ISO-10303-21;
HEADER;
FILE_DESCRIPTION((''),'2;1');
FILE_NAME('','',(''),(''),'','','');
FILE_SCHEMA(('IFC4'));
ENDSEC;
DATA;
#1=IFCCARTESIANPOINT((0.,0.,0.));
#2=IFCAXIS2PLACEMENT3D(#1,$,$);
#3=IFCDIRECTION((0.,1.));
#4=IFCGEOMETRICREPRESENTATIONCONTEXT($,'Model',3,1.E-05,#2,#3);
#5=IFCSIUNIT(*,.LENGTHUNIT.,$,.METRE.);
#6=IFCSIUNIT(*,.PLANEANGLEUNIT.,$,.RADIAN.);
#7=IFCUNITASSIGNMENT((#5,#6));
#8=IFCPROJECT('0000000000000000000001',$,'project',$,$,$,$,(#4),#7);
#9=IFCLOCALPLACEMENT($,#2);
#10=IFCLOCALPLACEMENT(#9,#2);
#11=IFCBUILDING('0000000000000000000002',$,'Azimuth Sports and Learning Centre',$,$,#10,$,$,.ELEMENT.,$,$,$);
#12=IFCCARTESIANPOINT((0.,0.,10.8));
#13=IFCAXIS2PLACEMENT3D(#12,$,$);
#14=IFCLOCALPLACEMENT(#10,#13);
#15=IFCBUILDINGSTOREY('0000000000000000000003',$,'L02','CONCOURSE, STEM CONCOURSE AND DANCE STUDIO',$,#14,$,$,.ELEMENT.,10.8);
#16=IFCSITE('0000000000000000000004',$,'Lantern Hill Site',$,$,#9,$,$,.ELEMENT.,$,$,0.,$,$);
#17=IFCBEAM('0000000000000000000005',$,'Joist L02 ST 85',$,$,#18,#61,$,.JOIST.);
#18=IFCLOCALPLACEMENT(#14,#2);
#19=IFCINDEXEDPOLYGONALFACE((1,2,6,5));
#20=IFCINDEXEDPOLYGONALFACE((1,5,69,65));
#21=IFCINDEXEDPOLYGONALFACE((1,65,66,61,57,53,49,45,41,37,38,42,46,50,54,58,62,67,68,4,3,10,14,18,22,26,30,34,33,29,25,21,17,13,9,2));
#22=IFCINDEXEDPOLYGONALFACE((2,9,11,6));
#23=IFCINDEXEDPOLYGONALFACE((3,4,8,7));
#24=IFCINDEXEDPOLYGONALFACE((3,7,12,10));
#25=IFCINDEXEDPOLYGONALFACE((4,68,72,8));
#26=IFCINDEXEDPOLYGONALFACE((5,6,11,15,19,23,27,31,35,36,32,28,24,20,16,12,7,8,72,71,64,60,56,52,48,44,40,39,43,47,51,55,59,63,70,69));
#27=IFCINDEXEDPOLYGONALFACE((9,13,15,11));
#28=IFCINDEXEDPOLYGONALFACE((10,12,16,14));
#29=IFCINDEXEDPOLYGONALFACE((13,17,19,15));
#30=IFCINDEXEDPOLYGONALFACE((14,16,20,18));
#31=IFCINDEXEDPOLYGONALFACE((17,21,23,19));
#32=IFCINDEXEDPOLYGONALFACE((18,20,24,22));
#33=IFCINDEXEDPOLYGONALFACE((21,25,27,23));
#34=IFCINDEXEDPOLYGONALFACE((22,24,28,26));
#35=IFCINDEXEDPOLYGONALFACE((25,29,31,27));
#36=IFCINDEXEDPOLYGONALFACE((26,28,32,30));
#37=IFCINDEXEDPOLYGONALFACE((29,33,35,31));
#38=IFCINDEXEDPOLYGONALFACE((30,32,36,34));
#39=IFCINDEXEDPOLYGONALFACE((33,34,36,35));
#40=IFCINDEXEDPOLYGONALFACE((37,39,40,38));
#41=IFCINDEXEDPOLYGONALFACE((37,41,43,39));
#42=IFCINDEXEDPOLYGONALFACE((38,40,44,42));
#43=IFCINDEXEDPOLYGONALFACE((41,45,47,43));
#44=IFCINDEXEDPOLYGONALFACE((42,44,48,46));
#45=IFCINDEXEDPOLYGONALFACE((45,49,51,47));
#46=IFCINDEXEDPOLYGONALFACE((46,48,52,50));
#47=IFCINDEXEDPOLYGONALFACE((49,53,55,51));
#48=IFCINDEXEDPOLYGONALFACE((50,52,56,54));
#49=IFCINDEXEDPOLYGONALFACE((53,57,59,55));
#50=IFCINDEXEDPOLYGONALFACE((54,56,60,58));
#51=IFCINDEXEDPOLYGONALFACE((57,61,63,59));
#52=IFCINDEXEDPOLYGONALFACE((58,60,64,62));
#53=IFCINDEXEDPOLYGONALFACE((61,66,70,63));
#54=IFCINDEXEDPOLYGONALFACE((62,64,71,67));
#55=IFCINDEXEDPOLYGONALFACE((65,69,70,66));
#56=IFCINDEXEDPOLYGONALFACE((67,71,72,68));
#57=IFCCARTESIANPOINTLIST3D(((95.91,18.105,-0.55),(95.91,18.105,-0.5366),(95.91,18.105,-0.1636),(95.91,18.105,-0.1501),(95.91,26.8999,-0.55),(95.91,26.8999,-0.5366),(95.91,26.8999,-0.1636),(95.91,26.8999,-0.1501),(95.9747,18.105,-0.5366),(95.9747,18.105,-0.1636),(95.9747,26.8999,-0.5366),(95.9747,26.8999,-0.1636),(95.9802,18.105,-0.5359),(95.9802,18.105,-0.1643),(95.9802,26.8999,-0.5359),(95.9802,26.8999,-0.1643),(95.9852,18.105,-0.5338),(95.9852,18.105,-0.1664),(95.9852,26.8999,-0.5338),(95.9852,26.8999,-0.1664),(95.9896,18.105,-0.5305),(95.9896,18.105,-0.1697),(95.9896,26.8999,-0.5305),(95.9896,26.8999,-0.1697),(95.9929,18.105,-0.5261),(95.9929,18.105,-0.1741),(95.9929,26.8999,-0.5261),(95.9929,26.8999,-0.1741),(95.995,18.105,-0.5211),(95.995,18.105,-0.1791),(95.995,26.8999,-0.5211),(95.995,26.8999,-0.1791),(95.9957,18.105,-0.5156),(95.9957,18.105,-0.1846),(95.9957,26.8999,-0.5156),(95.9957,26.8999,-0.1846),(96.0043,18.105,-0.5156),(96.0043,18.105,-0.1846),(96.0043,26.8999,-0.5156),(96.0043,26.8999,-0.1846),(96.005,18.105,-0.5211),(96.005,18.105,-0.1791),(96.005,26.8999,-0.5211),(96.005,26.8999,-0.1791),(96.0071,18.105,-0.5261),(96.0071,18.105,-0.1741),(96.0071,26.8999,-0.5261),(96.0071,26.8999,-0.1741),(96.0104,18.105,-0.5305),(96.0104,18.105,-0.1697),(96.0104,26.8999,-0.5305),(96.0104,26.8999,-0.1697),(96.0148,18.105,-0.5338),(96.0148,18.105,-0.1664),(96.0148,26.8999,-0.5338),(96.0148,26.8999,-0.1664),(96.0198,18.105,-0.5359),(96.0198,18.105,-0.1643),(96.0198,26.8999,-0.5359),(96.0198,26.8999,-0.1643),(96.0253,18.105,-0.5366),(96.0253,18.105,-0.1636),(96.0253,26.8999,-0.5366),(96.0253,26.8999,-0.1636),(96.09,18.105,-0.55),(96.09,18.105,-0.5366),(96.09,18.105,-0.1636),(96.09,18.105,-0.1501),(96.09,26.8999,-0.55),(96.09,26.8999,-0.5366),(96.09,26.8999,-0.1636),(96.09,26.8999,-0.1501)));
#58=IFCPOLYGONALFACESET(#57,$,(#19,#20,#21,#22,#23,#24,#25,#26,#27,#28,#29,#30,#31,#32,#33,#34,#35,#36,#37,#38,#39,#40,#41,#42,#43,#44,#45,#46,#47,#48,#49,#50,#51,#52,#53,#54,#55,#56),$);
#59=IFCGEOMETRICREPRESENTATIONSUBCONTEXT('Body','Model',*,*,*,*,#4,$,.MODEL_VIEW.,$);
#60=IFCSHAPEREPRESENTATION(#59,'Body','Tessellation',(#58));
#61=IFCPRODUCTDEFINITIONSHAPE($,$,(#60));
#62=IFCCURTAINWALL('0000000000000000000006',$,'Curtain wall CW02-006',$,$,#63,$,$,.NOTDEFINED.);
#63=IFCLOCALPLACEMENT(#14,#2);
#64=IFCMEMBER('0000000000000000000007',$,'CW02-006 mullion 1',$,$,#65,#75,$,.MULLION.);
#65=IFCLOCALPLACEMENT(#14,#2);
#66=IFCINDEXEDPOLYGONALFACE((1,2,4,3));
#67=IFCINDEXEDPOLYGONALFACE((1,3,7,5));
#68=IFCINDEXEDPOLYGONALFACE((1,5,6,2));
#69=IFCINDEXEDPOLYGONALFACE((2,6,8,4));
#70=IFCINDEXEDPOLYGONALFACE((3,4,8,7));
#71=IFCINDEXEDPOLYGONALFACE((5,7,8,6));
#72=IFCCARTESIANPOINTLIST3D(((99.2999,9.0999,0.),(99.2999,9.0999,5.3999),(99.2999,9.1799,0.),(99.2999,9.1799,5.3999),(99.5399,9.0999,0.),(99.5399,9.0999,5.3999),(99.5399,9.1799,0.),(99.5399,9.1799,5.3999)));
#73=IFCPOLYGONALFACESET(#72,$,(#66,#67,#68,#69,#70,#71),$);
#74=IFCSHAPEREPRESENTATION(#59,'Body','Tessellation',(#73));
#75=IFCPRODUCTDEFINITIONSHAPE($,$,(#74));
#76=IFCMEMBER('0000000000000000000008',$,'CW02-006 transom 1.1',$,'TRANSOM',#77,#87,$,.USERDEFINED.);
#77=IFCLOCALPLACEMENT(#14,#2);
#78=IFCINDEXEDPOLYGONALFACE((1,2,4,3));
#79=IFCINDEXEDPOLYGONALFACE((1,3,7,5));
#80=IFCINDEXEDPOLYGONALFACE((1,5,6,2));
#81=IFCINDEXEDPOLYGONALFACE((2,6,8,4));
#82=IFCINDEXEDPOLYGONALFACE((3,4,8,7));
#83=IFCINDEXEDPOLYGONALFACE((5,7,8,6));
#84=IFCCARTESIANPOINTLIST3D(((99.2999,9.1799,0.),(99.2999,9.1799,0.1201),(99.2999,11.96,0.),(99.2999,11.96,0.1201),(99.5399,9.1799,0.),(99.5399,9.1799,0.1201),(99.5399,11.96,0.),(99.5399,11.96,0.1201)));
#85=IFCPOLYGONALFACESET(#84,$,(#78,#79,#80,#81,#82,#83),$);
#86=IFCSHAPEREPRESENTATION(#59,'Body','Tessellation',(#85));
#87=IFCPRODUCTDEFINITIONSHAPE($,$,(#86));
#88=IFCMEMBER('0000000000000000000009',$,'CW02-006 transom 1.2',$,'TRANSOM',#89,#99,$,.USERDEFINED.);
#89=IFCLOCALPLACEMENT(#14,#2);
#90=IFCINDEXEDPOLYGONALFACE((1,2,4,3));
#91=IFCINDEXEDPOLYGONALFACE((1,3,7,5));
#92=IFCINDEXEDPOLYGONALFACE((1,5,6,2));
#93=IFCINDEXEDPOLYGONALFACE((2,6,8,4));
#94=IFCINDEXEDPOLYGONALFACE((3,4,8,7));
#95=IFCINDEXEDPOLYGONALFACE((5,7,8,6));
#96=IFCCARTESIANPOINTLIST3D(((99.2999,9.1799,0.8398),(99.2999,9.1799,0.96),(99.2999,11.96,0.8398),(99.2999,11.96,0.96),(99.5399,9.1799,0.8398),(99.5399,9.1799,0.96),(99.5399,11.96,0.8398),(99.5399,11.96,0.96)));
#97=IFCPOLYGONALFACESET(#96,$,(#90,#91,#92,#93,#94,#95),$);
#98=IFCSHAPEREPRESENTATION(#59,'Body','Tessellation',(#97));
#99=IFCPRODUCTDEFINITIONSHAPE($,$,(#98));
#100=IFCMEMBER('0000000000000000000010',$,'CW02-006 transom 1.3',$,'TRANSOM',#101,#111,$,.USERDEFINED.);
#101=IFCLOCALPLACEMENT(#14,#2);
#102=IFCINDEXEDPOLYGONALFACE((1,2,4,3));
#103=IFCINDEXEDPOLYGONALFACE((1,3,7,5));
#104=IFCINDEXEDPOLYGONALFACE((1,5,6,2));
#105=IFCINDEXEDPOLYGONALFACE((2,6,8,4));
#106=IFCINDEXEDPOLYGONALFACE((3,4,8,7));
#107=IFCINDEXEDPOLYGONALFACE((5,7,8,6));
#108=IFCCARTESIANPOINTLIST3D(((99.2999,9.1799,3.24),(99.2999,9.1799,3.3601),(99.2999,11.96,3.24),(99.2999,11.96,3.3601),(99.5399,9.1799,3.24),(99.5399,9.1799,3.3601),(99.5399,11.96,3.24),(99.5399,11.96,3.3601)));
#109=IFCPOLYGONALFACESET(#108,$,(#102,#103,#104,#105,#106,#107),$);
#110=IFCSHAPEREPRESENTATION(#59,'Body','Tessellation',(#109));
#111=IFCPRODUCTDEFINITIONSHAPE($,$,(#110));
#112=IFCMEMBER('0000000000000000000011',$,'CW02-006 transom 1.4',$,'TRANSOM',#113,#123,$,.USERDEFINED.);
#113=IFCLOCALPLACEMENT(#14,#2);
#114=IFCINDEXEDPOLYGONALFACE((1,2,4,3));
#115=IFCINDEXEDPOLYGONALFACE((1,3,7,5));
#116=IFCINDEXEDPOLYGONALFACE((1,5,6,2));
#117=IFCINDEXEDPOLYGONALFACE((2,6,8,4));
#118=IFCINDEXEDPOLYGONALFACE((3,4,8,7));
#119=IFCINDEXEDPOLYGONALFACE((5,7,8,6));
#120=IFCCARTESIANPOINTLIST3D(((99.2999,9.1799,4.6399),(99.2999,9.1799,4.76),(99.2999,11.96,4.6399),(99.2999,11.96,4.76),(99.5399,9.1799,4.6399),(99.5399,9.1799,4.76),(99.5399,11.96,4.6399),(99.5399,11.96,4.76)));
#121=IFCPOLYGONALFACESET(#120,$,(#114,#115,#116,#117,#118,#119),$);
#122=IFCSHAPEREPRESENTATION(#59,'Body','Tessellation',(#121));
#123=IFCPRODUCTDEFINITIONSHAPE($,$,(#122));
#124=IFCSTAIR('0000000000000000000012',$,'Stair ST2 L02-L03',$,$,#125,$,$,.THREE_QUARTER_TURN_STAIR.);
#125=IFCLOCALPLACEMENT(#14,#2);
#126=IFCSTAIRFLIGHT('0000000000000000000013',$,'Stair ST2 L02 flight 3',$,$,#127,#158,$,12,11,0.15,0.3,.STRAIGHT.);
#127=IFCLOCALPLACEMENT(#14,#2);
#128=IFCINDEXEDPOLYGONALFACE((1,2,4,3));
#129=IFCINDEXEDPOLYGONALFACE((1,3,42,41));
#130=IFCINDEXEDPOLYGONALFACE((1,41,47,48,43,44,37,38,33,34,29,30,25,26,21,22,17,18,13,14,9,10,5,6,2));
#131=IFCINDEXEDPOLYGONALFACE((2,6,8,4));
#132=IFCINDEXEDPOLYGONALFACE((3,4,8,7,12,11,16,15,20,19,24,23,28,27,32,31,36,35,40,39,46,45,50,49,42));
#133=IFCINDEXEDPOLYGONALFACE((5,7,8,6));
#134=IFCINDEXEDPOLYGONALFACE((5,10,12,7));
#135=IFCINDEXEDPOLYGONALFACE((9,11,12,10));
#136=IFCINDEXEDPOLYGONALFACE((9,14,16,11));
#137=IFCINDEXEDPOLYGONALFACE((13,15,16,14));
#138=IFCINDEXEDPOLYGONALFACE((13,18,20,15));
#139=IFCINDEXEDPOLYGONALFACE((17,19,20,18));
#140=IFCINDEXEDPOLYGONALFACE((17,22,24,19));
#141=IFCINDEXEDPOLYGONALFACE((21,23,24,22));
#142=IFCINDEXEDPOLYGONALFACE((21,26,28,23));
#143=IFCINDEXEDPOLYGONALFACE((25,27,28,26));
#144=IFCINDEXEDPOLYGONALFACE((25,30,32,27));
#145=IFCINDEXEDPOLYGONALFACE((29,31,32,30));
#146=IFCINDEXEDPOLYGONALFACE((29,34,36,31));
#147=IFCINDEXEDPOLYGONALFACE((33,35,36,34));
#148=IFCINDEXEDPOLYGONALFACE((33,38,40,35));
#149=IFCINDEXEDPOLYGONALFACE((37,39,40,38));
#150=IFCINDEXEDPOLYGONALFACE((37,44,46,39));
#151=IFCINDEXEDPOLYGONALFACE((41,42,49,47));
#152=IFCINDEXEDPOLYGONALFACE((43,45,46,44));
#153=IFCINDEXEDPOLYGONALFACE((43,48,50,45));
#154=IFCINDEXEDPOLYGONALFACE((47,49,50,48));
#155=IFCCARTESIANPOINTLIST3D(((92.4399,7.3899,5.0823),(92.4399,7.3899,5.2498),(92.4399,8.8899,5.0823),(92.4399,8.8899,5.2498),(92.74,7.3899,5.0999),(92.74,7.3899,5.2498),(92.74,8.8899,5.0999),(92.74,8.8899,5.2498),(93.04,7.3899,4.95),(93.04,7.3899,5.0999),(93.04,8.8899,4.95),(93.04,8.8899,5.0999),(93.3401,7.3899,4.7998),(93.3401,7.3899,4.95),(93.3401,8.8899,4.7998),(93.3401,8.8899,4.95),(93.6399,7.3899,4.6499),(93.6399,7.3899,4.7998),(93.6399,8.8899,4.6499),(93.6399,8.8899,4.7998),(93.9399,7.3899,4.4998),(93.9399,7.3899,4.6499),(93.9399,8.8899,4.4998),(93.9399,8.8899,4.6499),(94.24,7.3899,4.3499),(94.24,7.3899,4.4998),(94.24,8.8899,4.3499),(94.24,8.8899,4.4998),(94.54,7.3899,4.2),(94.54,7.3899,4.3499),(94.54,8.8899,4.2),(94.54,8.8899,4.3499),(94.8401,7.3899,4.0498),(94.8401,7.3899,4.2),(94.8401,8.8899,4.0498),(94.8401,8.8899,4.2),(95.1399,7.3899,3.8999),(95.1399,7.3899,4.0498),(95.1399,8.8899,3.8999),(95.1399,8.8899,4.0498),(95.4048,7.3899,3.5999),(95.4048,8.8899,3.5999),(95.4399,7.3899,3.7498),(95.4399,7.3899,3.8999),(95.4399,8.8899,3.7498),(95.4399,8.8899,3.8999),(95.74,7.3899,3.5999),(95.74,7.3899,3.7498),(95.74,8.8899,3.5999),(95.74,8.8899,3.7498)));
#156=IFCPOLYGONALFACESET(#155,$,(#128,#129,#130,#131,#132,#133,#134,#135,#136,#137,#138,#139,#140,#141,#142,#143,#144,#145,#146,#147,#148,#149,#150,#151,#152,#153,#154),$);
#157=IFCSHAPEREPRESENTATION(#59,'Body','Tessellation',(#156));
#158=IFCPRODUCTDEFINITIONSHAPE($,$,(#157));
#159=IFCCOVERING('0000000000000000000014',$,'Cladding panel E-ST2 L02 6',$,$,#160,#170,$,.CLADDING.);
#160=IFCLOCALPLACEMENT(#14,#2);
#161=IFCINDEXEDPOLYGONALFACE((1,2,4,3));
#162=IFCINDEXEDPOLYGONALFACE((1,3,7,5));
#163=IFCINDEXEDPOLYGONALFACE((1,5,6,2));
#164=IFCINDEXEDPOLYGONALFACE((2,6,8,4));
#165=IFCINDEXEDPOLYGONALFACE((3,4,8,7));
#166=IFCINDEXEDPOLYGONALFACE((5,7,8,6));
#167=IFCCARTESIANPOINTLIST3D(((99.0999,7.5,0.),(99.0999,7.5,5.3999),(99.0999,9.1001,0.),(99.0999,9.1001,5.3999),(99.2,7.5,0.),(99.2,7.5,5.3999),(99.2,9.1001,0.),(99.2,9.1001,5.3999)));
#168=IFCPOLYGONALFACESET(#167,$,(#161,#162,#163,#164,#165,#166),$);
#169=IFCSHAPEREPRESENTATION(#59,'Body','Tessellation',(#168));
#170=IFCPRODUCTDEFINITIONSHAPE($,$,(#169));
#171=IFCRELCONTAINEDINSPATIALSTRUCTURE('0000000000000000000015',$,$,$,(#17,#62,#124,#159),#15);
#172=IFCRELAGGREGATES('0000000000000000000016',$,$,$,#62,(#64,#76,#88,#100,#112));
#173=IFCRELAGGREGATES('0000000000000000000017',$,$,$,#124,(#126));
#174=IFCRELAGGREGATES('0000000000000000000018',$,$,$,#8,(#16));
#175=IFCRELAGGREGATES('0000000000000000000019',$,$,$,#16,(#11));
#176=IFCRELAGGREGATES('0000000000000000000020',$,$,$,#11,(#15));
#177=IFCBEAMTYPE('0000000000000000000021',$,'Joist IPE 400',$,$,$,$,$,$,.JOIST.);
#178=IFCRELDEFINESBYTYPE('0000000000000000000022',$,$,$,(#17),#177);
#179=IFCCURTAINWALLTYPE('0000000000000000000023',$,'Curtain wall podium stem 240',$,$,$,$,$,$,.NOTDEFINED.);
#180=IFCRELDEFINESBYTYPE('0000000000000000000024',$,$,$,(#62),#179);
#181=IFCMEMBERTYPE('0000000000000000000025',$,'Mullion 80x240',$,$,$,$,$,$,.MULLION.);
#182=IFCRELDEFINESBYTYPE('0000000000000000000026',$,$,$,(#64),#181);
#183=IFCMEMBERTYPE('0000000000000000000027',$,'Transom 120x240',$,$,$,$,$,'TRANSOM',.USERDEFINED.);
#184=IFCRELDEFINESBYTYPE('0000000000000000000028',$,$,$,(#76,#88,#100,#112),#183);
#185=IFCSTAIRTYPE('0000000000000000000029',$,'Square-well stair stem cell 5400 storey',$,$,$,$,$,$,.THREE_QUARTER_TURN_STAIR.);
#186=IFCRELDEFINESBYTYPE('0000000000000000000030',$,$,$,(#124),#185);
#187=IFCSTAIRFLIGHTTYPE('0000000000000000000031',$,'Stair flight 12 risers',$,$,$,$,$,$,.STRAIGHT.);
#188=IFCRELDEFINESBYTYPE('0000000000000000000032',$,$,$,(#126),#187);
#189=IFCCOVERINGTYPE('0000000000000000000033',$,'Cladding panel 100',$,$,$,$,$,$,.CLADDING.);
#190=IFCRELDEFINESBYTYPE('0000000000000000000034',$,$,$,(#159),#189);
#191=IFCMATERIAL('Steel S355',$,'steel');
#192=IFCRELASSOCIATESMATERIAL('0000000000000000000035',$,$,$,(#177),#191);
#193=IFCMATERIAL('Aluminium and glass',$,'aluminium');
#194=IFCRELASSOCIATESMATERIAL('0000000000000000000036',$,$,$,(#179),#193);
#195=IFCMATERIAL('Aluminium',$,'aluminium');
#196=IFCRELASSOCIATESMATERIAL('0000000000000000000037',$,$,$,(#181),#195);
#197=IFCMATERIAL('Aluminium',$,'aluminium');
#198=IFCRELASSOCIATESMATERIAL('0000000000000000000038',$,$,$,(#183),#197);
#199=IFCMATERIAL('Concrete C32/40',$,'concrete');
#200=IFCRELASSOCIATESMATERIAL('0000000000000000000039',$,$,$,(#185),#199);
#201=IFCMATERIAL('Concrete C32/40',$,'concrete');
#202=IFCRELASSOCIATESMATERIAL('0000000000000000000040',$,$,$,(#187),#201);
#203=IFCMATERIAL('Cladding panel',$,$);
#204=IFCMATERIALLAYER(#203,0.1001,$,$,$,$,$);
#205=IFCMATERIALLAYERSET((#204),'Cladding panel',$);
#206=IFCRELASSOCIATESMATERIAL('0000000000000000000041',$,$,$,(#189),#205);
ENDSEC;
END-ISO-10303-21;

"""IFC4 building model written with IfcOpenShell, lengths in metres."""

from ifc_helpers import new_model, si_unit, direction, frame, origin, origin_2d, place, context, subcontext, project, spatial, polyline, rectangle, i_section, outline, extrude, material, layer, layer_set, material_profile, profile_set, type_object, element, aggregate, save


model = new_model("IFC4")

# Units and contexts
model_context = context("Model", 3, precision=1e-05, world=origin(), true_north=direction((0.0, 1.0)))
body_context = subcontext(model_context, "Body", "Model", "MODEL_VIEW")
ifc_project = project(units=[si_unit("LENGTHUNIT", "METRE"), si_unit("PLANEANGLEUNIT", "RADIAN")], contexts=[model_context])

# Site, building, storey
site_placement = place(None, origin())
site = spatial("IfcSite", under=ifc_project, at=site_placement, Name="Lantern Hill Site", CompositionType="ELEMENT", RefElevation=0.0)
building_placement = place(site_placement, origin())
building = spatial("IfcBuilding", under=site, at=building_placement, Name="Azimuth Sports and Learning Centre", CompositionType="ELEMENT")
storey_placement = place(building_placement, frame((0.0, 0.0, 10.8)))
storey = spatial("IfcBuildingStorey", under=building, at=storey_placement, Name="L02", Description="CONCOURSE, STEM CONCOURSE AND DANCE STUDIO", CompositionType="ELEMENT", Elevation=10.8)

# Beam
ifc_material_1 = material(Name="Steel S355", Category="steel")
ifc_material_profile_1 = material_profile(ifc_material_1, i_section(OverallWidth=0.1799, OverallDepth=0.3999, WebThickness=0.0085, FlangeThickness=0.0134, FilletRadius=0.021, at=origin_2d()), Name="IPE 400")
ifc_profile_set_1 = profile_set([ifc_material_profile_1], Name="Steel S355")
beam_type_1 = type_object("IfcBeamType", Name="Joist IPE 400", PredefinedType="JOIST", material=ifc_profile_set_1)
for number, where, z_axis, x_axis, name in (
    (1, (96.0, 18.105, -0.3501), (0.0, 1.0, 0.0), (-1.0, 0.0, 0.0), "Joist L02 ST 85"),
):
    element("IfcBeam", number, at=place(storey_placement, frame(where, z_axis=z_axis, x_axis=x_axis)), inside=storey, type_object=beam_type_1, Name=name, PredefinedType="JOIST", context=body_context, shape_type="SweptSolid", body=[
        extrude(i_section(OverallWidth=0.1799, OverallDepth=0.3999, WebThickness=0.0085, FlangeThickness=0.0134, FilletRadius=0.021, at=origin_2d()), origin(), (0.0, 0.0, 1.0), 8.7949),
    ])

# Curtain wall, members
ifc_material_2 = material(Name="Aluminium and glass", Category="aluminium")
curtain_wall_type = type_object("IfcCurtainWallType", Name="Curtain wall podium stem 240", PredefinedType="NOTDEFINED", material=ifc_material_2)
curtain_wall_placement = place(storey_placement, origin())
curtain_wall = element("IfcCurtainWall", 2, at=curtain_wall_placement, inside=storey, type_object=curtain_wall_type, Name="Curtain wall CW02-006", PredefinedType="NOTDEFINED")
ifc_material_3 = material(Name="Aluminium", Category="aluminium")
ifc_material_profile_2 = material_profile(ifc_material_3, rectangle(XDim=0.24, YDim=0.0801, at=origin_2d()), Name="Mullion 80x240")
ifc_profile_set_2 = profile_set([ifc_material_profile_2], Name="Aluminium")
member_type_1 = type_object("IfcMemberType", Name="Mullion 80x240", PredefinedType="MULLION", material=ifc_profile_set_2)
member_1_placement = place(storey_placement, frame((99.4199, 9.1399, 0.0), z_axis=(0.0, 0.0, 1.0), x_axis=(-1.0, 0.0, 0.0)))
member_1 = element("IfcMember", 3, at=member_1_placement, type_object=member_type_1, Name="CW02-006 mullion 1", PredefinedType="MULLION", context=body_context, shape_type="SweptSolid", body=[
    extrude(rectangle(XDim=0.24, YDim=0.0801, at=origin_2d()), origin(), (0.0, 0.0, 1.0), 5.3999),
])
ifc_material_4 = material(Name="Aluminium", Category="aluminium")
ifc_material_profile_3 = material_profile(ifc_material_4, rectangle(XDim=0.24, YDim=0.1201, at=origin_2d()), Name="Transom 120x240")
ifc_profile_set_3 = profile_set([ifc_material_profile_3], Name="Aluminium")
member_type_2 = type_object("IfcMemberType", Name="Transom 120x240", ElementType="TRANSOM", PredefinedType="USERDEFINED", material=ifc_profile_set_3)
member_2_placement = place(storey_placement, frame((99.4199, 9.1799, 0.0601), z_axis=(0.0, 1.0, 0.0), x_axis=(-1.0, 0.0, 0.0)))
member_2 = element("IfcMember", 4, at=member_2_placement, type_object=member_type_2, Name="CW02-006 transom 1.1", ObjectType="TRANSOM", PredefinedType="USERDEFINED", context=body_context, shape_type="SweptSolid", body=[
    extrude(rectangle(XDim=0.24, YDim=0.1201, at=origin_2d()), origin(), (0.0, 0.0, 1.0), 2.78),
])
member_3_placement = place(storey_placement, frame((99.4199, 9.1799, 0.8999), z_axis=(0.0, 1.0, 0.0), x_axis=(-1.0, 0.0, 0.0)))
member_3 = element("IfcMember", 5, at=member_3_placement, type_object=member_type_2, Name="CW02-006 transom 1.2", ObjectType="TRANSOM", PredefinedType="USERDEFINED", context=body_context, shape_type="SweptSolid", body=[
    extrude(rectangle(XDim=0.24, YDim=0.1201, at=origin_2d()), origin(), (0.0, 0.0, 1.0), 2.78),
])
member_4_placement = place(storey_placement, frame((99.4199, 9.1799, 3.3), z_axis=(0.0, 1.0, 0.0), x_axis=(-1.0, 0.0, 0.0)))
member_4 = element("IfcMember", 6, at=member_4_placement, type_object=member_type_2, Name="CW02-006 transom 1.3", ObjectType="TRANSOM", PredefinedType="USERDEFINED", context=body_context, shape_type="SweptSolid", body=[
    extrude(rectangle(XDim=0.24, YDim=0.1201, at=origin_2d()), origin(), (0.0, 0.0, 1.0), 2.78),
])
member_5_placement = place(storey_placement, frame((99.4199, 9.1799, 4.7), z_axis=(0.0, 1.0, 0.0), x_axis=(-1.0, 0.0, 0.0)))
member_5 = element("IfcMember", 7, at=member_5_placement, type_object=member_type_2, Name="CW02-006 transom 1.4", ObjectType="TRANSOM", PredefinedType="USERDEFINED", context=body_context, shape_type="SweptSolid", body=[
    extrude(rectangle(XDim=0.24, YDim=0.1201, at=origin_2d()), origin(), (0.0, 0.0, 1.0), 2.78),
])
aggregate(curtain_wall, [member_1, member_2, member_3, member_4, member_5])

# Stair, stair flight
ifc_material_5 = material(Name="Concrete C32/40", Category="concrete")
stair_type = type_object("IfcStairType", Name="Square-well stair stem cell 5400 storey", PredefinedType="THREE_QUARTER_TURN_STAIR", material=ifc_material_5)
stair_placement = place(storey_placement, origin())
stair = element("IfcStair", 8, at=stair_placement, inside=storey, type_object=stair_type, Name="Stair ST2 L02-L03", PredefinedType="THREE_QUARTER_TURN_STAIR")
ifc_material_6 = material(Name="Concrete C32/40", Category="concrete")
stair_flight_type = type_object("IfcStairFlightType", Name="Stair flight 12 risers", PredefinedType="STRAIGHT", material=ifc_material_6)
stair_flight_placement = place(storey_placement, frame((95.74, 8.1399, 3.5999), z_axis=(0.0, 0.0, 1.0), x_axis=(-1.0, 0.0, 0.0)))
stair_flight = element("IfcStairFlight", 9, at=stair_flight_placement, type_object=stair_flight_type, Name="Stair ST2 L02 flight 3", NumberOfRisers=12, NumberOfTreads=11, PredefinedType="STRAIGHT", RiserHeight=0.15, TreadLength=0.3, context=body_context, shape_type="SweptSolid", body=[
    extrude(outline(polyline([(0.0, 0.0), (0.0, 0.1499), (0.3, 0.1499), (0.3, 0.3), (0.6001, 0.3), (0.6001, 0.45), (0.8999, 0.45), (0.8999, 0.6001), (1.2, 0.6001), (1.2, 0.75), (1.5, 0.75), (1.5, 0.8999), (1.8, 0.8999), (1.8, 1.05), (2.1001, 1.05), (2.1001, 1.2), (2.3999, 1.2), (2.3999, 1.3501), (2.7, 1.3501), (2.7, 1.5), (3.0, 1.5), (3.0, 1.6499), (3.3, 1.6499), (3.3, 1.8), (3.3, 1.4824), (0.3352, 0.0), (0.0, 0.0)])), frame((0.0, 0.75, 0.0), z_axis=(0.0, -1.0, 0.0), x_axis=(1.0, 0.0, 0.0)), (0.0, 0.0, 1.0), 1.5),
])
aggregate(stair, [stair_flight])

# Covering
ifc_material_7 = material(Name="Cladding panel")
ifc_layer = layer(ifc_material_7, 0.1001)
ifc_layer_set = layer_set([ifc_layer], Name="Cladding panel")
covering_type = type_object("IfcCoveringType", Name="Cladding panel 100", PredefinedType="CLADDING", material=ifc_layer_set)
covering_placement = place(storey_placement, frame((99.1499, 8.3, 0.0), z_axis=(0.0, 0.0, 1.0), x_axis=(0.0, 1.0, 0.0)))
element("IfcCovering", 10, at=covering_placement, inside=storey, type_object=covering_type, Name="Cladding panel E-ST2 L02 6", PredefinedType="CLADDING", context=body_context, shape_type="SweptSolid", body=[
    extrude(rectangle(XDim=1.6001, YDim=0.1001, at=origin_2d()), origin(), (0.0, 0.0, 1.0), 5.3999),
])

save(model, "model.ifc")
